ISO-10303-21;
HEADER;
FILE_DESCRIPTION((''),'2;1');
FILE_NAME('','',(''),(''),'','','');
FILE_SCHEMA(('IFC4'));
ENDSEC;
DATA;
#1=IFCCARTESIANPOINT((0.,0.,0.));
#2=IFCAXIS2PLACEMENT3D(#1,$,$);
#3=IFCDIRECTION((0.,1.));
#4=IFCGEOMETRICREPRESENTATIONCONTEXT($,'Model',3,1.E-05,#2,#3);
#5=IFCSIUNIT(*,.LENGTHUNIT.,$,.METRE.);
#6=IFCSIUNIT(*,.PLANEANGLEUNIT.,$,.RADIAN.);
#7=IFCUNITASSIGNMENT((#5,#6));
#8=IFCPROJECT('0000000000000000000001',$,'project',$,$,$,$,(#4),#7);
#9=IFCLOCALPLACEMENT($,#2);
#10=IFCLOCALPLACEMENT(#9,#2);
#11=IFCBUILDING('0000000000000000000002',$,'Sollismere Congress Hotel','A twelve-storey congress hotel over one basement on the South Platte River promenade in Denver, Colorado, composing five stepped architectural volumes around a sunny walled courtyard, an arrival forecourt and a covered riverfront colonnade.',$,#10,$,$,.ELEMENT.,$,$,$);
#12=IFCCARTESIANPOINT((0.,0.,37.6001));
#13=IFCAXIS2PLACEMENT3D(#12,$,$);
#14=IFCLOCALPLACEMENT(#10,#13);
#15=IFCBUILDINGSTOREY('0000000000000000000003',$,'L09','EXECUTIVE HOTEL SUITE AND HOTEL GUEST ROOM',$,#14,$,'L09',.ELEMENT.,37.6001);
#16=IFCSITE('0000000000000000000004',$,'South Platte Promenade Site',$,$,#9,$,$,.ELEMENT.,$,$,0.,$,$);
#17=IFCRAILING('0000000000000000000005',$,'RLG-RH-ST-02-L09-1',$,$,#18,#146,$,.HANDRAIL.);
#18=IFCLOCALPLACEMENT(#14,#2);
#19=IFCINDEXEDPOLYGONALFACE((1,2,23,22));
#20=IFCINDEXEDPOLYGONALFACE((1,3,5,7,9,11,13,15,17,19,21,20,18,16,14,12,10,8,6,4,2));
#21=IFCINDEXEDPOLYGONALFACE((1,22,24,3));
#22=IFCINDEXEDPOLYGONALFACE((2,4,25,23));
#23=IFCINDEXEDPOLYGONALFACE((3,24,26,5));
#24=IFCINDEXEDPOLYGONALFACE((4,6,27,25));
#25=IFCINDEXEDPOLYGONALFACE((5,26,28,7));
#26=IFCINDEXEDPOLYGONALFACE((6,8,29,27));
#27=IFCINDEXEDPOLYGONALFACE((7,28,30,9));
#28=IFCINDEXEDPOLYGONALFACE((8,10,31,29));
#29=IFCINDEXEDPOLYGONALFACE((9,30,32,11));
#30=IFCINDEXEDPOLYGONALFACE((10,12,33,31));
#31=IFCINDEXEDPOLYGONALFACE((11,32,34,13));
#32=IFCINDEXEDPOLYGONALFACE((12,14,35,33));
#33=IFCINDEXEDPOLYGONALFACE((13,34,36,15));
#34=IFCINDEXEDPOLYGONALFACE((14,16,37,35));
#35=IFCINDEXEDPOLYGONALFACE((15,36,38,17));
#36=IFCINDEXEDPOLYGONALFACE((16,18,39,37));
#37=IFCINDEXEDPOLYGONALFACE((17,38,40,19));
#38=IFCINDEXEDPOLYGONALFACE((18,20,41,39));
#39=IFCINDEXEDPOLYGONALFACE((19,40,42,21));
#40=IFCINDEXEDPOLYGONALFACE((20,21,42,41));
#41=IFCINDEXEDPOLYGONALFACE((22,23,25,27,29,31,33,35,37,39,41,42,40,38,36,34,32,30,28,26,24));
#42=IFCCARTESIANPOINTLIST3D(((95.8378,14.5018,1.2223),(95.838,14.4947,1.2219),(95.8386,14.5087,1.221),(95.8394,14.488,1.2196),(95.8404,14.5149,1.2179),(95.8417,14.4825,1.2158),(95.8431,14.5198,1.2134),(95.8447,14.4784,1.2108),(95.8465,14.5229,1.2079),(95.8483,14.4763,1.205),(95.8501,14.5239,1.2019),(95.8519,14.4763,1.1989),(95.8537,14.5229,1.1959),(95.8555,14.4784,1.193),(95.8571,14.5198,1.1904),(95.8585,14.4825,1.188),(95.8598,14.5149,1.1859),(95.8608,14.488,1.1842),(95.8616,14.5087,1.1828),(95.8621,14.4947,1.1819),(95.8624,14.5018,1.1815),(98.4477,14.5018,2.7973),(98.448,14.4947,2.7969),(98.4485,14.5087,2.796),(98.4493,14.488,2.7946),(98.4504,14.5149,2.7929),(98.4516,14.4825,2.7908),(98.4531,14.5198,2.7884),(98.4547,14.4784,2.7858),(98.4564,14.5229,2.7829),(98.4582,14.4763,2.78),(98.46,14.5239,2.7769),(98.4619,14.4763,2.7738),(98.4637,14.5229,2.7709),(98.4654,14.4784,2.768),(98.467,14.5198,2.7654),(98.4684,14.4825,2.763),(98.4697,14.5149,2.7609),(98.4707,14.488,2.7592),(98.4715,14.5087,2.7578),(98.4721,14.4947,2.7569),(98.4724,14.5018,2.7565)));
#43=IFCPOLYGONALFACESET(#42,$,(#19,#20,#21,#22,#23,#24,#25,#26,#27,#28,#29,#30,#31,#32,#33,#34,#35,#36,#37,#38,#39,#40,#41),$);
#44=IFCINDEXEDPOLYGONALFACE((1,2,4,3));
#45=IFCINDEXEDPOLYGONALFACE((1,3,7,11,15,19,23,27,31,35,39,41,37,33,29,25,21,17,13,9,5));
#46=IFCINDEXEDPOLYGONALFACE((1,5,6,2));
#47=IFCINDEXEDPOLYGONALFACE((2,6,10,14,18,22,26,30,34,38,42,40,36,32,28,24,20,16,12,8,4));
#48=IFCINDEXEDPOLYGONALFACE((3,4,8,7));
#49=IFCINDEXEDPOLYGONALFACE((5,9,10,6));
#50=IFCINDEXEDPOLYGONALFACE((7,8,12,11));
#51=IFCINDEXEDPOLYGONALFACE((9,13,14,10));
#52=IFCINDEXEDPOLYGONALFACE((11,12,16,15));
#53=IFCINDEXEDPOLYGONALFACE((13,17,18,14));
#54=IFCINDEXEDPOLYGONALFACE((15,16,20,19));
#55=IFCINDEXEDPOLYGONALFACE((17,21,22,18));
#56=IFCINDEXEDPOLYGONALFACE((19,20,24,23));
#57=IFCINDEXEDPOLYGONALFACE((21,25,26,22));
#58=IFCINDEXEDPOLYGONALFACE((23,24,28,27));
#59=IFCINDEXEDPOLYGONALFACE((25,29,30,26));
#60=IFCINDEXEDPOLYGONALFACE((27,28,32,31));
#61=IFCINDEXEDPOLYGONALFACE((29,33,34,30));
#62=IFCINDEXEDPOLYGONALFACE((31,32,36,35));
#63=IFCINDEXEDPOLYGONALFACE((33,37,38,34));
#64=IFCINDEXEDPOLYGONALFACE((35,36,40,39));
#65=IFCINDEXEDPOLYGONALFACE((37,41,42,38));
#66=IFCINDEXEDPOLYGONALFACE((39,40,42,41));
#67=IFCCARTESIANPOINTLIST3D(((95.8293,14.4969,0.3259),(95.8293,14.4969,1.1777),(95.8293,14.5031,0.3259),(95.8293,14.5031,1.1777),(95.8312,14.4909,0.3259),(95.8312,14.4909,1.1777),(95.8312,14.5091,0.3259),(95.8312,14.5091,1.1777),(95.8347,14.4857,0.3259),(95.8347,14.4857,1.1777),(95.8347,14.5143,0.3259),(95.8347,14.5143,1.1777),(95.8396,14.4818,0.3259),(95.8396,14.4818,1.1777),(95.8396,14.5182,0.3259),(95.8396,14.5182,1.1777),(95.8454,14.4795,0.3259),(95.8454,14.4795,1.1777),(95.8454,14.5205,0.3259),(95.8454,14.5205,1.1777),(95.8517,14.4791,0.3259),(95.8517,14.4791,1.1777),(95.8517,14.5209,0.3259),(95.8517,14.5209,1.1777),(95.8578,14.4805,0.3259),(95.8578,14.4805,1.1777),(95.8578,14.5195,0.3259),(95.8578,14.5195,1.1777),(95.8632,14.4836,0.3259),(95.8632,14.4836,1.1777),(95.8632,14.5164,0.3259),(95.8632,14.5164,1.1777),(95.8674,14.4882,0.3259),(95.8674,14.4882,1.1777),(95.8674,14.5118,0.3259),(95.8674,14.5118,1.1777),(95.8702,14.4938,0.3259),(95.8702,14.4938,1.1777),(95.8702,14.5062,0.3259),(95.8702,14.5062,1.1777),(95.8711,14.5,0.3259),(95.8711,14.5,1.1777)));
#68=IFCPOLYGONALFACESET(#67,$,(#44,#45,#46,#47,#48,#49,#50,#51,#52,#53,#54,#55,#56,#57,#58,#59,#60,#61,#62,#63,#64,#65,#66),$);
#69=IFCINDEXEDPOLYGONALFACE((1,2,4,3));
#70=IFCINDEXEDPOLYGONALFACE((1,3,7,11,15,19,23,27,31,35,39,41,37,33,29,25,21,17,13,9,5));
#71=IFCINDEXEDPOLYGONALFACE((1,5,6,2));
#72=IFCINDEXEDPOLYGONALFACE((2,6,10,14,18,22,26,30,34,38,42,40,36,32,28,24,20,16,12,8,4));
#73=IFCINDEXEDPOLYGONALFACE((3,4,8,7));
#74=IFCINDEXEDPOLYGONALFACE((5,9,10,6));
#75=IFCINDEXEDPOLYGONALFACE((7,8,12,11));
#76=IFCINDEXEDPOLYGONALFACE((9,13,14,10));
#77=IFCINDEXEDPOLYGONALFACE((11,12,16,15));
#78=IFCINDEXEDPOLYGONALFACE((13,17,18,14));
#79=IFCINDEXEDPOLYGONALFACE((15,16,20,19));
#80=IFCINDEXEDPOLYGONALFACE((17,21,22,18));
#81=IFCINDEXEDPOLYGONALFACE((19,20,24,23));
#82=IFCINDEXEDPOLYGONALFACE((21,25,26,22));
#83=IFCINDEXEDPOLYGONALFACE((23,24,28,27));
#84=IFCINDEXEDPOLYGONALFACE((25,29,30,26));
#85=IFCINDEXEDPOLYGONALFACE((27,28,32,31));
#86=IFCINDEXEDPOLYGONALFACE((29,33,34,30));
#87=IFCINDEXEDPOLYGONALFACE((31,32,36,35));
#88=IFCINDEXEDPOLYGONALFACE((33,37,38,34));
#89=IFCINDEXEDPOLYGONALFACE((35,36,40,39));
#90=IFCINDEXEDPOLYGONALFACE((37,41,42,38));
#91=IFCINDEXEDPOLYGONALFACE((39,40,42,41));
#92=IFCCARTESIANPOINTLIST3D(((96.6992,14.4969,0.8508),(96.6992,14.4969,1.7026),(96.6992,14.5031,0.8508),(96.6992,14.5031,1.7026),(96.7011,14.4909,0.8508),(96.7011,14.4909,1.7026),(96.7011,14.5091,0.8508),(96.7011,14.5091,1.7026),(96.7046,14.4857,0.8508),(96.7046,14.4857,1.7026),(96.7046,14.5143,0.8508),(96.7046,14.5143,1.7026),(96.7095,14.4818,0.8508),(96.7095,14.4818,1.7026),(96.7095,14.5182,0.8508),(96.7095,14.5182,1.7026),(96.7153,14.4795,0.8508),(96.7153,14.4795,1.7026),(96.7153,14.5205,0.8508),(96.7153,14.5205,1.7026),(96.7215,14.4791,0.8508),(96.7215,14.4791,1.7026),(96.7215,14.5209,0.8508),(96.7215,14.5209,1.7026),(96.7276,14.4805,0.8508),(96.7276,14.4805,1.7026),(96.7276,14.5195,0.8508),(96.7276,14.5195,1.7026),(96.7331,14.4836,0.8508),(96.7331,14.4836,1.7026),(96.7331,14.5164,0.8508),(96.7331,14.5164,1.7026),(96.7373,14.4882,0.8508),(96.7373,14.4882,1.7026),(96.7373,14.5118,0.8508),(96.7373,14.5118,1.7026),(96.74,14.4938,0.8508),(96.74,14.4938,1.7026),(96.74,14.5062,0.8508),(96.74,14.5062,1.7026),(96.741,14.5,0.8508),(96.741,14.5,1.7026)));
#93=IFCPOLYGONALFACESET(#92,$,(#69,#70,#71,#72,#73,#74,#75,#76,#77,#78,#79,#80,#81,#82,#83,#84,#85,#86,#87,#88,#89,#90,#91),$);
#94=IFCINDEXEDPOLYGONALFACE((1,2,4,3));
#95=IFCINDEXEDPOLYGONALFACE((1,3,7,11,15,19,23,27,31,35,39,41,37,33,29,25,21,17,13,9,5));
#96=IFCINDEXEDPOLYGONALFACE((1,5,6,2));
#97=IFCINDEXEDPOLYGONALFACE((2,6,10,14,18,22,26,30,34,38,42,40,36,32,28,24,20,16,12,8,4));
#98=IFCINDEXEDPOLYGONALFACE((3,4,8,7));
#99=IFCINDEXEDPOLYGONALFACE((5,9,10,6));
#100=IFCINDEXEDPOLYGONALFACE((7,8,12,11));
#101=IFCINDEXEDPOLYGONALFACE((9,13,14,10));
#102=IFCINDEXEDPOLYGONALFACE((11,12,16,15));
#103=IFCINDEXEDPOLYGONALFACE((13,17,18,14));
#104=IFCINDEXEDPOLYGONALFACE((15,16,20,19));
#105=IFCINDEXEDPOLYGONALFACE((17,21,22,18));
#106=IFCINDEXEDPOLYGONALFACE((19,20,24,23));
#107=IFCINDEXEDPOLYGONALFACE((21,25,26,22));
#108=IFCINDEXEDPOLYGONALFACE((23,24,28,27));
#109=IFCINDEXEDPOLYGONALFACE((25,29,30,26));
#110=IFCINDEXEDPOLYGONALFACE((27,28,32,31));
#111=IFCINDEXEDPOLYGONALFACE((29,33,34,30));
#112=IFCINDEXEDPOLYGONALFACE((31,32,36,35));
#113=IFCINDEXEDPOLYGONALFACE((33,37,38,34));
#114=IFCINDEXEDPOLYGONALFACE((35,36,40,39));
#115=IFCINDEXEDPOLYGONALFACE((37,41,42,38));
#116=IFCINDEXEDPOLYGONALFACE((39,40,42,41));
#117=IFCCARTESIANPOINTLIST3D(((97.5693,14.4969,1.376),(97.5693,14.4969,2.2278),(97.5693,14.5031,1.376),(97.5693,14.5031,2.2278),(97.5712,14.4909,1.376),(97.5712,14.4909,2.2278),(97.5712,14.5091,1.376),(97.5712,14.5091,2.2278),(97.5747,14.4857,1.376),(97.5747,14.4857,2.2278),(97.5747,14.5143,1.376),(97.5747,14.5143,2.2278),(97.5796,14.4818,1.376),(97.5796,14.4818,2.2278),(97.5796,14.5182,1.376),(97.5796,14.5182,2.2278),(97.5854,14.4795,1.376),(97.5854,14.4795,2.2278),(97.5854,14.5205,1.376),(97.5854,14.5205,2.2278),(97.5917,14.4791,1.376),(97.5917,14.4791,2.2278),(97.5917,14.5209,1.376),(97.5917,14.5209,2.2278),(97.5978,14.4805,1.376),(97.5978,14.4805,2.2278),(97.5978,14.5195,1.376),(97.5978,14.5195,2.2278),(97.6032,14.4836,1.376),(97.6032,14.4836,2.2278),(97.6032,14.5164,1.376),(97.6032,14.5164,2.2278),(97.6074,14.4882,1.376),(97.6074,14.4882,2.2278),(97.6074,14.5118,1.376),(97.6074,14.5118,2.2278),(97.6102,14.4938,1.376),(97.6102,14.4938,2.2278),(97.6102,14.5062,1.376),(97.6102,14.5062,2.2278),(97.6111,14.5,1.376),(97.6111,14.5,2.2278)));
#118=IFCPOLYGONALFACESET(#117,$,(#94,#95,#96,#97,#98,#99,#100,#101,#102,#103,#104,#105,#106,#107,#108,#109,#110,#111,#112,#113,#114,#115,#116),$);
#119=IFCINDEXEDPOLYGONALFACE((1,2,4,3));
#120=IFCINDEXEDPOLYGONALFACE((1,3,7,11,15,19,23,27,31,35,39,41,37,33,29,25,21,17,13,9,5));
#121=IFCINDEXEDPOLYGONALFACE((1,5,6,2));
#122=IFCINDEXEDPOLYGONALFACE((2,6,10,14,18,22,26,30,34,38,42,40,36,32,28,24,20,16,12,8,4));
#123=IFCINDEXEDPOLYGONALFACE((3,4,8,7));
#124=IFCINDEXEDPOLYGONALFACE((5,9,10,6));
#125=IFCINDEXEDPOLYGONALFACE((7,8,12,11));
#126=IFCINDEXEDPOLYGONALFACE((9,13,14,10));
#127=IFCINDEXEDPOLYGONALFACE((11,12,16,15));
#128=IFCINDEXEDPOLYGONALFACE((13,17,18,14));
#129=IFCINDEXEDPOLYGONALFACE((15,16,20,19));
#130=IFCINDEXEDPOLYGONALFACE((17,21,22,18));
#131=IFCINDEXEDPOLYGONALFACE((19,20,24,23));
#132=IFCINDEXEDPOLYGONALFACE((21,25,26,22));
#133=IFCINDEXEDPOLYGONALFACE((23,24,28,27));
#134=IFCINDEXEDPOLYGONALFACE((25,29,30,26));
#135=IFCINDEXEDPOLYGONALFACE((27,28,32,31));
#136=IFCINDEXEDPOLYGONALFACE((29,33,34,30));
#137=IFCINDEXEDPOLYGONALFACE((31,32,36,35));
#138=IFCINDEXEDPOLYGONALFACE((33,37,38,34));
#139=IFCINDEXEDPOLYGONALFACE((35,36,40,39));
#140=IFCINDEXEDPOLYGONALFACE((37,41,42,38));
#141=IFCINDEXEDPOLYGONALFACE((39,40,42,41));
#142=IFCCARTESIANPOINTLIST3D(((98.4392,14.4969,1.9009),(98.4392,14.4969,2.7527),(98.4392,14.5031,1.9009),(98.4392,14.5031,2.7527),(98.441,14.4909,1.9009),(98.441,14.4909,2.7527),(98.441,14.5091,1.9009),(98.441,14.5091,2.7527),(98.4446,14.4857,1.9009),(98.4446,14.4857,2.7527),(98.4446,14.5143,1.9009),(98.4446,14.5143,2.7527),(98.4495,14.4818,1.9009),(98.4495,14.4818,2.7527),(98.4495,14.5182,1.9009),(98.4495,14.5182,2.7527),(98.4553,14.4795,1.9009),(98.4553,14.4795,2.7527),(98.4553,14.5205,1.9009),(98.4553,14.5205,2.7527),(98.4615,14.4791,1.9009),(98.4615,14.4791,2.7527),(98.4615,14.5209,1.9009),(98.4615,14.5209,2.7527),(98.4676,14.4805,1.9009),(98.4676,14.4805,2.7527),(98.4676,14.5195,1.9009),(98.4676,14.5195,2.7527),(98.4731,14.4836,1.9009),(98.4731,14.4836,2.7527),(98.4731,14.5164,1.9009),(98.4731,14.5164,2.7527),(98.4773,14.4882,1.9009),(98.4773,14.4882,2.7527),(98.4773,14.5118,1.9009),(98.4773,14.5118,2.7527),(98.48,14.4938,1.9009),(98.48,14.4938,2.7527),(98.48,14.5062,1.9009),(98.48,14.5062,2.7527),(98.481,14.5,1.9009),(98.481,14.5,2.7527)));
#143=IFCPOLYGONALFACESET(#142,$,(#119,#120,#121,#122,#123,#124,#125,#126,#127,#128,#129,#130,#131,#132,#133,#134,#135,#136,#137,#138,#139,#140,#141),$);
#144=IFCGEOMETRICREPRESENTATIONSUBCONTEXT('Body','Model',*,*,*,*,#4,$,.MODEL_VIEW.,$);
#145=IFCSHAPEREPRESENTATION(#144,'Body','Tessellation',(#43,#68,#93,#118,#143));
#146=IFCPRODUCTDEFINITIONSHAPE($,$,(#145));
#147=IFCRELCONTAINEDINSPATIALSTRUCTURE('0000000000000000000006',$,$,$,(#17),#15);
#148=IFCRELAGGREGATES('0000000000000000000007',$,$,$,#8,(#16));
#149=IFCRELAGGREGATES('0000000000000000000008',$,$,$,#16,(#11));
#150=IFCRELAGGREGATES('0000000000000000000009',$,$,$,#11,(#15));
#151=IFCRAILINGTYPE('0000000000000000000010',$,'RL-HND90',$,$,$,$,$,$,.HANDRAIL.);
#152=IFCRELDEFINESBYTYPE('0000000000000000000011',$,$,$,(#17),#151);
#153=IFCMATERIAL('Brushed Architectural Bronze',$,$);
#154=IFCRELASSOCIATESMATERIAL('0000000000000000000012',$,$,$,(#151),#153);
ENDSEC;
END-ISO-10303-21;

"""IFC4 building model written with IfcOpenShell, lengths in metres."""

from ifc_helpers import new_model, si_unit, direction, frame, origin, origin_2d, place, context, subcontext, project, spatial, circle, extrude, material, type_object, element, save


model = new_model("IFC4")

# Units and contexts
model_context = context("Model", 3, precision=1e-05, world=origin(), true_north=direction((0.0, 1.0)))
body_context = subcontext(model_context, "Body", "Model", "MODEL_VIEW")
ifc_project = project(units=[si_unit("LENGTHUNIT", "METRE"), si_unit("PLANEANGLEUNIT", "RADIAN")], contexts=[model_context])

# Site, building, storey
site_placement = place(None, origin())
site = spatial("IfcSite", under=ifc_project, at=site_placement, Name="South Platte Promenade Site", CompositionType="ELEMENT", RefElevation=0.0)
building_placement = place(site_placement, origin())
building = spatial("IfcBuilding", under=site, at=building_placement, Name="Sollismere Congress Hotel", Description="A twelve-storey congress hotel over one basement on the South Platte River promenade in Denver, Colorado, composing five stepped architectural volumes around a sunny walled courtyard, an arrival forecourt and a covered riverfront colonnade.", CompositionType="ELEMENT")
storey_placement = place(building_placement, frame((0.0, 0.0, 37.6001)))
storey = spatial("IfcBuildingStorey", under=building, at=storey_placement, Name="L09", Description="EXECUTIVE HOTEL SUITE AND HOTEL GUEST ROOM", LongName="L09", CompositionType="ELEMENT", Elevation=37.6001)

# Railing
ifc_material_1 = material(Name="Brushed Architectural Bronze")
railing_type_1 = type_object("IfcRailingType", Name="RL-HND90", PredefinedType="HANDRAIL", material=ifc_material_1)
railing_1_placement = place(storey_placement, frame((95.8501, 14.5, 0.3259)))
element("IfcRailing", 1, at=railing_1_placement, inside=storey, type_object=railing_type_1, Name="RLG-RH-ST-02-L09-1", PredefinedType="HANDRAIL", context=body_context, shape_type="SweptSolid", body=[
    extrude(circle(Radius=0.0239, at=origin_2d()), frame((0.0, 0.0, 0.876), z_axis=(0.856183, 0.0, 0.516673), x_axis=(0.0, 1.0, 0.0)), (0.0, 0.0, 1.0), 3.0483),
    extrude(circle(Radius=0.021, at=origin_2d()), origin(), (0.0, 0.0, 1.0), 0.8518),
    extrude(circle(Radius=0.021, at=origin_2d()), frame((0.8699, 0.0, 0.5249)), (0.0, 0.0, 1.0), 0.8518),
    extrude(circle(Radius=0.021, at=origin_2d()), frame((1.74, 0.0, 1.05)), (0.0, 0.0, 1.0), 0.8518),
    extrude(circle(Radius=0.021, at=origin_2d()), frame((2.6099, 0.0, 1.575)), (0.0, 0.0, 1.0), 0.8518),
])

save(model, "model.ifc")
